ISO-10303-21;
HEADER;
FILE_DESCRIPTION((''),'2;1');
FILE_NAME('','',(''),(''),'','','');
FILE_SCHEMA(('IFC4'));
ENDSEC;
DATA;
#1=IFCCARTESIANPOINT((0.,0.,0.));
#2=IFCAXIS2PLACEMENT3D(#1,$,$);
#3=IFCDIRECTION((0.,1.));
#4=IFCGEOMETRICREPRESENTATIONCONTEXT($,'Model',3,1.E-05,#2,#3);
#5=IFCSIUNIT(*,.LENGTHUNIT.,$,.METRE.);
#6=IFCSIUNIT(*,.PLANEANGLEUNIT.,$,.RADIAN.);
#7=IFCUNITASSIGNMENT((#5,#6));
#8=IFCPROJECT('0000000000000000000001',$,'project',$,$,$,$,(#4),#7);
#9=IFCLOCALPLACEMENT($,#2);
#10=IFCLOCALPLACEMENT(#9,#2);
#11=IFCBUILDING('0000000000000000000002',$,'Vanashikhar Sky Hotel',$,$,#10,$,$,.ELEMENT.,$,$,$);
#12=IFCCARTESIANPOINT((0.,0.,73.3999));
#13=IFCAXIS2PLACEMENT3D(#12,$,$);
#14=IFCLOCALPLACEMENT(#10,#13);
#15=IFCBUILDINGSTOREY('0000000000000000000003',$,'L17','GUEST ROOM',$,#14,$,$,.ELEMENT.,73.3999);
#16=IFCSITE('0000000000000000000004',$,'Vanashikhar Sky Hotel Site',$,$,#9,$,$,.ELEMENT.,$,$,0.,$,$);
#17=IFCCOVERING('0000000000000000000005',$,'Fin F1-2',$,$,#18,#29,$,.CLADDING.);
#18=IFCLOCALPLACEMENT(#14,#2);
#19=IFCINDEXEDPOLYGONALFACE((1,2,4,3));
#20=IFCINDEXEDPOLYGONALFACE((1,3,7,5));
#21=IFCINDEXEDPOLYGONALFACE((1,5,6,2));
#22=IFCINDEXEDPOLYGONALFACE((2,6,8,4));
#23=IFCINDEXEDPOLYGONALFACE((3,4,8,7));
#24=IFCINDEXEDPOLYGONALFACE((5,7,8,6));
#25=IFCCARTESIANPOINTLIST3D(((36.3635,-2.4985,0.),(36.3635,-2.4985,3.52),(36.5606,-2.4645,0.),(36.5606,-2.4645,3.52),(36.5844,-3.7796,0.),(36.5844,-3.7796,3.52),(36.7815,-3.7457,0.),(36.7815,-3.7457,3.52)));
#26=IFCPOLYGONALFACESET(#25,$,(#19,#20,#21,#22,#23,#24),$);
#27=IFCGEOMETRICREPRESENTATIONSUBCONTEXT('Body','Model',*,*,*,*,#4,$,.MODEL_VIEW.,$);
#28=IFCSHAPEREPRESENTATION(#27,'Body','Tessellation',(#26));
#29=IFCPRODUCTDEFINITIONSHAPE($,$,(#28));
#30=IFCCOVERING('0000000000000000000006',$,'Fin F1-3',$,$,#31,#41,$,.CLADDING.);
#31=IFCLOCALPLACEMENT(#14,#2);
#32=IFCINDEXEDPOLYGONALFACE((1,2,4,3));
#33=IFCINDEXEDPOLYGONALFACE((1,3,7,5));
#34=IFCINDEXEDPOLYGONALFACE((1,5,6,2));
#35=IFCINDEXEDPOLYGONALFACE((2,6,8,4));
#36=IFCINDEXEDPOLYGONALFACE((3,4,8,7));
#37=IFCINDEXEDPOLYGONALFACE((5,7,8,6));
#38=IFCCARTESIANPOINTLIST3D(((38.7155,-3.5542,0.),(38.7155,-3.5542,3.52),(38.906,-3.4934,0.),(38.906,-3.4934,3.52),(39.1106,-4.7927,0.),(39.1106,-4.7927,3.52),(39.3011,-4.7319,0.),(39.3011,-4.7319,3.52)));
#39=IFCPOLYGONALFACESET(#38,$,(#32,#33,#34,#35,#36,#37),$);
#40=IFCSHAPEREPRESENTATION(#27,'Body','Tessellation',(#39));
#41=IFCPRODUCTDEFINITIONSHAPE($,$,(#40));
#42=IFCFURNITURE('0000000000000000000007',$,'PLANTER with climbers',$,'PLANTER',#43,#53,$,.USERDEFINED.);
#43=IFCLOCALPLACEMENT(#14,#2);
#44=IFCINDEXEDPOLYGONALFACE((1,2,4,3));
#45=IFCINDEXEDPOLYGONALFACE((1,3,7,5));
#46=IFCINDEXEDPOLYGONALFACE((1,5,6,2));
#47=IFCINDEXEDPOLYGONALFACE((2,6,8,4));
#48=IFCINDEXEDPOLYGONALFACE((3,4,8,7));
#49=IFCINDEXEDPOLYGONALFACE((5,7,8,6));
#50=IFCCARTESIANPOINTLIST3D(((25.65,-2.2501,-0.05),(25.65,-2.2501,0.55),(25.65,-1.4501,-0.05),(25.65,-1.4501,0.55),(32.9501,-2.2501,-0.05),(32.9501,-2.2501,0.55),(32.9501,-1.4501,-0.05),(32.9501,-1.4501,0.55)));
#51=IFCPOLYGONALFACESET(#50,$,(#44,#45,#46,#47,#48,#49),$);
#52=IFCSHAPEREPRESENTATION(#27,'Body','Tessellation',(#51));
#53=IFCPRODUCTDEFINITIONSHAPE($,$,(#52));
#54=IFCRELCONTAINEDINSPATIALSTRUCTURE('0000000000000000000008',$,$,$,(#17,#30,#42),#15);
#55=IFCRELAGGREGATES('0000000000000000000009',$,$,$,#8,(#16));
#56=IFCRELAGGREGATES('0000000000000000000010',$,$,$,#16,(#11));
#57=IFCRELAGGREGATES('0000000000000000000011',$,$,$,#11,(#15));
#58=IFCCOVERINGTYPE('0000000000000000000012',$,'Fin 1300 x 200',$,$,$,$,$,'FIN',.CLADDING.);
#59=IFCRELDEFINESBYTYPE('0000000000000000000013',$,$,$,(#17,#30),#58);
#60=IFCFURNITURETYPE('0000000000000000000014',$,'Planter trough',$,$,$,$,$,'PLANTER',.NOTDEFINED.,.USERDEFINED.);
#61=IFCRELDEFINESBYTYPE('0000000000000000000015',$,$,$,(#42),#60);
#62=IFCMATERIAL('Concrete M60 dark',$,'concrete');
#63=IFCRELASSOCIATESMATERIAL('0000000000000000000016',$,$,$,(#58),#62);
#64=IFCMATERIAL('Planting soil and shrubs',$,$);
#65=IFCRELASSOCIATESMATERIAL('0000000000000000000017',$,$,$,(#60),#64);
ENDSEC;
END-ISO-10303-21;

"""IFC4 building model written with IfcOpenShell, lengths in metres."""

from ifc_helpers import new_model, si_unit, direction, frame, origin, origin_2d, place, context, subcontext, project, spatial, rectangle, extrude, source, transform, mapped, material, material_profile, profile_set, type_object, element, save


model = new_model("IFC4")

# Units and contexts
model_context = context("Model", 3, precision=1e-05, world=origin(), true_north=direction((0.0, 1.0)))
body_context = subcontext(model_context, "Body", "Model", "MODEL_VIEW")
ifc_project = project(units=[si_unit("LENGTHUNIT", "METRE"), si_unit("PLANEANGLEUNIT", "RADIAN")], contexts=[model_context])

# Site, building, storey
site_placement = place(None, origin())
site = spatial("IfcSite", under=ifc_project, at=site_placement, Name="Vanashikhar Sky Hotel Site", CompositionType="ELEMENT", RefElevation=0.0)
building_placement = place(site_placement, origin())
building = spatial("IfcBuilding", under=site, at=building_placement, Name="Vanashikhar Sky Hotel", CompositionType="ELEMENT")
storey_placement = place(building_placement, frame((0.0, 0.0, 73.3999)))
storey = spatial("IfcBuildingStorey", under=building, at=storey_placement, Name="L17", Description="GUEST ROOM", CompositionType="ELEMENT", Elevation=73.3999)

# Coverings
ifc_material_1 = material(Name="Concrete M60 dark", Category="concrete")
ifc_material_profile = material_profile(ifc_material_1, rectangle(XDim=1.3, YDim=0.2, at=origin_2d()))
ifc_profile_set = profile_set([ifc_material_profile], Name="Fin 1300 x 200")
covering_type_1 = type_object("IfcCoveringType", Name="Fin 1300 x 200", ElementType="FIN", PredefinedType="CLADDING", material=ifc_profile_set)
shared_shape_1 = source(origin(), body_context, "Body", "SweptSolid", [
    extrude(rectangle(XDim=1.3, YDim=0.2, at=origin_2d()), origin(), (0.0, 0.0, 1.0), 3.52),
])
for number, where, z_axis, x_axis, name in (
    (1, (36.5725, -3.1221, 0.0), (0.0, 0.0, 1.0), (0.1699, -0.985461, 0.0), "Fin F1-2"),
    (2, (39.0083, -4.1431, 0.0), (0.0, 0.0, 1.0), (0.303967, -0.952683, 0.0), "Fin F1-3"),
):
    element("IfcCovering", number, at=place(storey_placement, frame(where, z_axis=z_axis, x_axis=x_axis)), inside=storey, type_object=covering_type_1, Name=name, PredefinedType="CLADDING", context=body_context, shape_type="MappedRepresentation", body=[
        mapped(shared_shape_1, transform((0.0, 0.0, 0.0), scale=1.0)),
    ])

# Furniture
ifc_material_2 = material(Name="Planting soil and shrubs")
furniture_type = type_object("IfcFurnitureType", Name="Planter trough", ElementType="PLANTER", AssemblyPlace="NOTDEFINED", PredefinedType="USERDEFINED", material=ifc_material_2)
shared_shape_2 = source(origin(), body_context, "Body", "SweptSolid", [
    extrude(rectangle(XDim=7.3, YDim=0.8, at=origin_2d()), origin(), (0.0, 0.0, 1.0), 0.6001),
])
furniture_placement = place(storey_placement, frame((29.3, -1.8501, -0.05), z_axis=(0.0, 0.0, 1.0), x_axis=(1.0, 0.0, 0.0)))
element("IfcFurniture", 3, at=furniture_placement, inside=storey, type_object=furniture_type, Name="PLANTER with climbers", ObjectType="PLANTER", PredefinedType="USERDEFINED", context=body_context, shape_type="MappedRepresentation", body=[
    mapped(shared_shape_2, transform((0.0, 0.0, 0.0), scale=1.0)),
])

save(model, "model.ifc")
